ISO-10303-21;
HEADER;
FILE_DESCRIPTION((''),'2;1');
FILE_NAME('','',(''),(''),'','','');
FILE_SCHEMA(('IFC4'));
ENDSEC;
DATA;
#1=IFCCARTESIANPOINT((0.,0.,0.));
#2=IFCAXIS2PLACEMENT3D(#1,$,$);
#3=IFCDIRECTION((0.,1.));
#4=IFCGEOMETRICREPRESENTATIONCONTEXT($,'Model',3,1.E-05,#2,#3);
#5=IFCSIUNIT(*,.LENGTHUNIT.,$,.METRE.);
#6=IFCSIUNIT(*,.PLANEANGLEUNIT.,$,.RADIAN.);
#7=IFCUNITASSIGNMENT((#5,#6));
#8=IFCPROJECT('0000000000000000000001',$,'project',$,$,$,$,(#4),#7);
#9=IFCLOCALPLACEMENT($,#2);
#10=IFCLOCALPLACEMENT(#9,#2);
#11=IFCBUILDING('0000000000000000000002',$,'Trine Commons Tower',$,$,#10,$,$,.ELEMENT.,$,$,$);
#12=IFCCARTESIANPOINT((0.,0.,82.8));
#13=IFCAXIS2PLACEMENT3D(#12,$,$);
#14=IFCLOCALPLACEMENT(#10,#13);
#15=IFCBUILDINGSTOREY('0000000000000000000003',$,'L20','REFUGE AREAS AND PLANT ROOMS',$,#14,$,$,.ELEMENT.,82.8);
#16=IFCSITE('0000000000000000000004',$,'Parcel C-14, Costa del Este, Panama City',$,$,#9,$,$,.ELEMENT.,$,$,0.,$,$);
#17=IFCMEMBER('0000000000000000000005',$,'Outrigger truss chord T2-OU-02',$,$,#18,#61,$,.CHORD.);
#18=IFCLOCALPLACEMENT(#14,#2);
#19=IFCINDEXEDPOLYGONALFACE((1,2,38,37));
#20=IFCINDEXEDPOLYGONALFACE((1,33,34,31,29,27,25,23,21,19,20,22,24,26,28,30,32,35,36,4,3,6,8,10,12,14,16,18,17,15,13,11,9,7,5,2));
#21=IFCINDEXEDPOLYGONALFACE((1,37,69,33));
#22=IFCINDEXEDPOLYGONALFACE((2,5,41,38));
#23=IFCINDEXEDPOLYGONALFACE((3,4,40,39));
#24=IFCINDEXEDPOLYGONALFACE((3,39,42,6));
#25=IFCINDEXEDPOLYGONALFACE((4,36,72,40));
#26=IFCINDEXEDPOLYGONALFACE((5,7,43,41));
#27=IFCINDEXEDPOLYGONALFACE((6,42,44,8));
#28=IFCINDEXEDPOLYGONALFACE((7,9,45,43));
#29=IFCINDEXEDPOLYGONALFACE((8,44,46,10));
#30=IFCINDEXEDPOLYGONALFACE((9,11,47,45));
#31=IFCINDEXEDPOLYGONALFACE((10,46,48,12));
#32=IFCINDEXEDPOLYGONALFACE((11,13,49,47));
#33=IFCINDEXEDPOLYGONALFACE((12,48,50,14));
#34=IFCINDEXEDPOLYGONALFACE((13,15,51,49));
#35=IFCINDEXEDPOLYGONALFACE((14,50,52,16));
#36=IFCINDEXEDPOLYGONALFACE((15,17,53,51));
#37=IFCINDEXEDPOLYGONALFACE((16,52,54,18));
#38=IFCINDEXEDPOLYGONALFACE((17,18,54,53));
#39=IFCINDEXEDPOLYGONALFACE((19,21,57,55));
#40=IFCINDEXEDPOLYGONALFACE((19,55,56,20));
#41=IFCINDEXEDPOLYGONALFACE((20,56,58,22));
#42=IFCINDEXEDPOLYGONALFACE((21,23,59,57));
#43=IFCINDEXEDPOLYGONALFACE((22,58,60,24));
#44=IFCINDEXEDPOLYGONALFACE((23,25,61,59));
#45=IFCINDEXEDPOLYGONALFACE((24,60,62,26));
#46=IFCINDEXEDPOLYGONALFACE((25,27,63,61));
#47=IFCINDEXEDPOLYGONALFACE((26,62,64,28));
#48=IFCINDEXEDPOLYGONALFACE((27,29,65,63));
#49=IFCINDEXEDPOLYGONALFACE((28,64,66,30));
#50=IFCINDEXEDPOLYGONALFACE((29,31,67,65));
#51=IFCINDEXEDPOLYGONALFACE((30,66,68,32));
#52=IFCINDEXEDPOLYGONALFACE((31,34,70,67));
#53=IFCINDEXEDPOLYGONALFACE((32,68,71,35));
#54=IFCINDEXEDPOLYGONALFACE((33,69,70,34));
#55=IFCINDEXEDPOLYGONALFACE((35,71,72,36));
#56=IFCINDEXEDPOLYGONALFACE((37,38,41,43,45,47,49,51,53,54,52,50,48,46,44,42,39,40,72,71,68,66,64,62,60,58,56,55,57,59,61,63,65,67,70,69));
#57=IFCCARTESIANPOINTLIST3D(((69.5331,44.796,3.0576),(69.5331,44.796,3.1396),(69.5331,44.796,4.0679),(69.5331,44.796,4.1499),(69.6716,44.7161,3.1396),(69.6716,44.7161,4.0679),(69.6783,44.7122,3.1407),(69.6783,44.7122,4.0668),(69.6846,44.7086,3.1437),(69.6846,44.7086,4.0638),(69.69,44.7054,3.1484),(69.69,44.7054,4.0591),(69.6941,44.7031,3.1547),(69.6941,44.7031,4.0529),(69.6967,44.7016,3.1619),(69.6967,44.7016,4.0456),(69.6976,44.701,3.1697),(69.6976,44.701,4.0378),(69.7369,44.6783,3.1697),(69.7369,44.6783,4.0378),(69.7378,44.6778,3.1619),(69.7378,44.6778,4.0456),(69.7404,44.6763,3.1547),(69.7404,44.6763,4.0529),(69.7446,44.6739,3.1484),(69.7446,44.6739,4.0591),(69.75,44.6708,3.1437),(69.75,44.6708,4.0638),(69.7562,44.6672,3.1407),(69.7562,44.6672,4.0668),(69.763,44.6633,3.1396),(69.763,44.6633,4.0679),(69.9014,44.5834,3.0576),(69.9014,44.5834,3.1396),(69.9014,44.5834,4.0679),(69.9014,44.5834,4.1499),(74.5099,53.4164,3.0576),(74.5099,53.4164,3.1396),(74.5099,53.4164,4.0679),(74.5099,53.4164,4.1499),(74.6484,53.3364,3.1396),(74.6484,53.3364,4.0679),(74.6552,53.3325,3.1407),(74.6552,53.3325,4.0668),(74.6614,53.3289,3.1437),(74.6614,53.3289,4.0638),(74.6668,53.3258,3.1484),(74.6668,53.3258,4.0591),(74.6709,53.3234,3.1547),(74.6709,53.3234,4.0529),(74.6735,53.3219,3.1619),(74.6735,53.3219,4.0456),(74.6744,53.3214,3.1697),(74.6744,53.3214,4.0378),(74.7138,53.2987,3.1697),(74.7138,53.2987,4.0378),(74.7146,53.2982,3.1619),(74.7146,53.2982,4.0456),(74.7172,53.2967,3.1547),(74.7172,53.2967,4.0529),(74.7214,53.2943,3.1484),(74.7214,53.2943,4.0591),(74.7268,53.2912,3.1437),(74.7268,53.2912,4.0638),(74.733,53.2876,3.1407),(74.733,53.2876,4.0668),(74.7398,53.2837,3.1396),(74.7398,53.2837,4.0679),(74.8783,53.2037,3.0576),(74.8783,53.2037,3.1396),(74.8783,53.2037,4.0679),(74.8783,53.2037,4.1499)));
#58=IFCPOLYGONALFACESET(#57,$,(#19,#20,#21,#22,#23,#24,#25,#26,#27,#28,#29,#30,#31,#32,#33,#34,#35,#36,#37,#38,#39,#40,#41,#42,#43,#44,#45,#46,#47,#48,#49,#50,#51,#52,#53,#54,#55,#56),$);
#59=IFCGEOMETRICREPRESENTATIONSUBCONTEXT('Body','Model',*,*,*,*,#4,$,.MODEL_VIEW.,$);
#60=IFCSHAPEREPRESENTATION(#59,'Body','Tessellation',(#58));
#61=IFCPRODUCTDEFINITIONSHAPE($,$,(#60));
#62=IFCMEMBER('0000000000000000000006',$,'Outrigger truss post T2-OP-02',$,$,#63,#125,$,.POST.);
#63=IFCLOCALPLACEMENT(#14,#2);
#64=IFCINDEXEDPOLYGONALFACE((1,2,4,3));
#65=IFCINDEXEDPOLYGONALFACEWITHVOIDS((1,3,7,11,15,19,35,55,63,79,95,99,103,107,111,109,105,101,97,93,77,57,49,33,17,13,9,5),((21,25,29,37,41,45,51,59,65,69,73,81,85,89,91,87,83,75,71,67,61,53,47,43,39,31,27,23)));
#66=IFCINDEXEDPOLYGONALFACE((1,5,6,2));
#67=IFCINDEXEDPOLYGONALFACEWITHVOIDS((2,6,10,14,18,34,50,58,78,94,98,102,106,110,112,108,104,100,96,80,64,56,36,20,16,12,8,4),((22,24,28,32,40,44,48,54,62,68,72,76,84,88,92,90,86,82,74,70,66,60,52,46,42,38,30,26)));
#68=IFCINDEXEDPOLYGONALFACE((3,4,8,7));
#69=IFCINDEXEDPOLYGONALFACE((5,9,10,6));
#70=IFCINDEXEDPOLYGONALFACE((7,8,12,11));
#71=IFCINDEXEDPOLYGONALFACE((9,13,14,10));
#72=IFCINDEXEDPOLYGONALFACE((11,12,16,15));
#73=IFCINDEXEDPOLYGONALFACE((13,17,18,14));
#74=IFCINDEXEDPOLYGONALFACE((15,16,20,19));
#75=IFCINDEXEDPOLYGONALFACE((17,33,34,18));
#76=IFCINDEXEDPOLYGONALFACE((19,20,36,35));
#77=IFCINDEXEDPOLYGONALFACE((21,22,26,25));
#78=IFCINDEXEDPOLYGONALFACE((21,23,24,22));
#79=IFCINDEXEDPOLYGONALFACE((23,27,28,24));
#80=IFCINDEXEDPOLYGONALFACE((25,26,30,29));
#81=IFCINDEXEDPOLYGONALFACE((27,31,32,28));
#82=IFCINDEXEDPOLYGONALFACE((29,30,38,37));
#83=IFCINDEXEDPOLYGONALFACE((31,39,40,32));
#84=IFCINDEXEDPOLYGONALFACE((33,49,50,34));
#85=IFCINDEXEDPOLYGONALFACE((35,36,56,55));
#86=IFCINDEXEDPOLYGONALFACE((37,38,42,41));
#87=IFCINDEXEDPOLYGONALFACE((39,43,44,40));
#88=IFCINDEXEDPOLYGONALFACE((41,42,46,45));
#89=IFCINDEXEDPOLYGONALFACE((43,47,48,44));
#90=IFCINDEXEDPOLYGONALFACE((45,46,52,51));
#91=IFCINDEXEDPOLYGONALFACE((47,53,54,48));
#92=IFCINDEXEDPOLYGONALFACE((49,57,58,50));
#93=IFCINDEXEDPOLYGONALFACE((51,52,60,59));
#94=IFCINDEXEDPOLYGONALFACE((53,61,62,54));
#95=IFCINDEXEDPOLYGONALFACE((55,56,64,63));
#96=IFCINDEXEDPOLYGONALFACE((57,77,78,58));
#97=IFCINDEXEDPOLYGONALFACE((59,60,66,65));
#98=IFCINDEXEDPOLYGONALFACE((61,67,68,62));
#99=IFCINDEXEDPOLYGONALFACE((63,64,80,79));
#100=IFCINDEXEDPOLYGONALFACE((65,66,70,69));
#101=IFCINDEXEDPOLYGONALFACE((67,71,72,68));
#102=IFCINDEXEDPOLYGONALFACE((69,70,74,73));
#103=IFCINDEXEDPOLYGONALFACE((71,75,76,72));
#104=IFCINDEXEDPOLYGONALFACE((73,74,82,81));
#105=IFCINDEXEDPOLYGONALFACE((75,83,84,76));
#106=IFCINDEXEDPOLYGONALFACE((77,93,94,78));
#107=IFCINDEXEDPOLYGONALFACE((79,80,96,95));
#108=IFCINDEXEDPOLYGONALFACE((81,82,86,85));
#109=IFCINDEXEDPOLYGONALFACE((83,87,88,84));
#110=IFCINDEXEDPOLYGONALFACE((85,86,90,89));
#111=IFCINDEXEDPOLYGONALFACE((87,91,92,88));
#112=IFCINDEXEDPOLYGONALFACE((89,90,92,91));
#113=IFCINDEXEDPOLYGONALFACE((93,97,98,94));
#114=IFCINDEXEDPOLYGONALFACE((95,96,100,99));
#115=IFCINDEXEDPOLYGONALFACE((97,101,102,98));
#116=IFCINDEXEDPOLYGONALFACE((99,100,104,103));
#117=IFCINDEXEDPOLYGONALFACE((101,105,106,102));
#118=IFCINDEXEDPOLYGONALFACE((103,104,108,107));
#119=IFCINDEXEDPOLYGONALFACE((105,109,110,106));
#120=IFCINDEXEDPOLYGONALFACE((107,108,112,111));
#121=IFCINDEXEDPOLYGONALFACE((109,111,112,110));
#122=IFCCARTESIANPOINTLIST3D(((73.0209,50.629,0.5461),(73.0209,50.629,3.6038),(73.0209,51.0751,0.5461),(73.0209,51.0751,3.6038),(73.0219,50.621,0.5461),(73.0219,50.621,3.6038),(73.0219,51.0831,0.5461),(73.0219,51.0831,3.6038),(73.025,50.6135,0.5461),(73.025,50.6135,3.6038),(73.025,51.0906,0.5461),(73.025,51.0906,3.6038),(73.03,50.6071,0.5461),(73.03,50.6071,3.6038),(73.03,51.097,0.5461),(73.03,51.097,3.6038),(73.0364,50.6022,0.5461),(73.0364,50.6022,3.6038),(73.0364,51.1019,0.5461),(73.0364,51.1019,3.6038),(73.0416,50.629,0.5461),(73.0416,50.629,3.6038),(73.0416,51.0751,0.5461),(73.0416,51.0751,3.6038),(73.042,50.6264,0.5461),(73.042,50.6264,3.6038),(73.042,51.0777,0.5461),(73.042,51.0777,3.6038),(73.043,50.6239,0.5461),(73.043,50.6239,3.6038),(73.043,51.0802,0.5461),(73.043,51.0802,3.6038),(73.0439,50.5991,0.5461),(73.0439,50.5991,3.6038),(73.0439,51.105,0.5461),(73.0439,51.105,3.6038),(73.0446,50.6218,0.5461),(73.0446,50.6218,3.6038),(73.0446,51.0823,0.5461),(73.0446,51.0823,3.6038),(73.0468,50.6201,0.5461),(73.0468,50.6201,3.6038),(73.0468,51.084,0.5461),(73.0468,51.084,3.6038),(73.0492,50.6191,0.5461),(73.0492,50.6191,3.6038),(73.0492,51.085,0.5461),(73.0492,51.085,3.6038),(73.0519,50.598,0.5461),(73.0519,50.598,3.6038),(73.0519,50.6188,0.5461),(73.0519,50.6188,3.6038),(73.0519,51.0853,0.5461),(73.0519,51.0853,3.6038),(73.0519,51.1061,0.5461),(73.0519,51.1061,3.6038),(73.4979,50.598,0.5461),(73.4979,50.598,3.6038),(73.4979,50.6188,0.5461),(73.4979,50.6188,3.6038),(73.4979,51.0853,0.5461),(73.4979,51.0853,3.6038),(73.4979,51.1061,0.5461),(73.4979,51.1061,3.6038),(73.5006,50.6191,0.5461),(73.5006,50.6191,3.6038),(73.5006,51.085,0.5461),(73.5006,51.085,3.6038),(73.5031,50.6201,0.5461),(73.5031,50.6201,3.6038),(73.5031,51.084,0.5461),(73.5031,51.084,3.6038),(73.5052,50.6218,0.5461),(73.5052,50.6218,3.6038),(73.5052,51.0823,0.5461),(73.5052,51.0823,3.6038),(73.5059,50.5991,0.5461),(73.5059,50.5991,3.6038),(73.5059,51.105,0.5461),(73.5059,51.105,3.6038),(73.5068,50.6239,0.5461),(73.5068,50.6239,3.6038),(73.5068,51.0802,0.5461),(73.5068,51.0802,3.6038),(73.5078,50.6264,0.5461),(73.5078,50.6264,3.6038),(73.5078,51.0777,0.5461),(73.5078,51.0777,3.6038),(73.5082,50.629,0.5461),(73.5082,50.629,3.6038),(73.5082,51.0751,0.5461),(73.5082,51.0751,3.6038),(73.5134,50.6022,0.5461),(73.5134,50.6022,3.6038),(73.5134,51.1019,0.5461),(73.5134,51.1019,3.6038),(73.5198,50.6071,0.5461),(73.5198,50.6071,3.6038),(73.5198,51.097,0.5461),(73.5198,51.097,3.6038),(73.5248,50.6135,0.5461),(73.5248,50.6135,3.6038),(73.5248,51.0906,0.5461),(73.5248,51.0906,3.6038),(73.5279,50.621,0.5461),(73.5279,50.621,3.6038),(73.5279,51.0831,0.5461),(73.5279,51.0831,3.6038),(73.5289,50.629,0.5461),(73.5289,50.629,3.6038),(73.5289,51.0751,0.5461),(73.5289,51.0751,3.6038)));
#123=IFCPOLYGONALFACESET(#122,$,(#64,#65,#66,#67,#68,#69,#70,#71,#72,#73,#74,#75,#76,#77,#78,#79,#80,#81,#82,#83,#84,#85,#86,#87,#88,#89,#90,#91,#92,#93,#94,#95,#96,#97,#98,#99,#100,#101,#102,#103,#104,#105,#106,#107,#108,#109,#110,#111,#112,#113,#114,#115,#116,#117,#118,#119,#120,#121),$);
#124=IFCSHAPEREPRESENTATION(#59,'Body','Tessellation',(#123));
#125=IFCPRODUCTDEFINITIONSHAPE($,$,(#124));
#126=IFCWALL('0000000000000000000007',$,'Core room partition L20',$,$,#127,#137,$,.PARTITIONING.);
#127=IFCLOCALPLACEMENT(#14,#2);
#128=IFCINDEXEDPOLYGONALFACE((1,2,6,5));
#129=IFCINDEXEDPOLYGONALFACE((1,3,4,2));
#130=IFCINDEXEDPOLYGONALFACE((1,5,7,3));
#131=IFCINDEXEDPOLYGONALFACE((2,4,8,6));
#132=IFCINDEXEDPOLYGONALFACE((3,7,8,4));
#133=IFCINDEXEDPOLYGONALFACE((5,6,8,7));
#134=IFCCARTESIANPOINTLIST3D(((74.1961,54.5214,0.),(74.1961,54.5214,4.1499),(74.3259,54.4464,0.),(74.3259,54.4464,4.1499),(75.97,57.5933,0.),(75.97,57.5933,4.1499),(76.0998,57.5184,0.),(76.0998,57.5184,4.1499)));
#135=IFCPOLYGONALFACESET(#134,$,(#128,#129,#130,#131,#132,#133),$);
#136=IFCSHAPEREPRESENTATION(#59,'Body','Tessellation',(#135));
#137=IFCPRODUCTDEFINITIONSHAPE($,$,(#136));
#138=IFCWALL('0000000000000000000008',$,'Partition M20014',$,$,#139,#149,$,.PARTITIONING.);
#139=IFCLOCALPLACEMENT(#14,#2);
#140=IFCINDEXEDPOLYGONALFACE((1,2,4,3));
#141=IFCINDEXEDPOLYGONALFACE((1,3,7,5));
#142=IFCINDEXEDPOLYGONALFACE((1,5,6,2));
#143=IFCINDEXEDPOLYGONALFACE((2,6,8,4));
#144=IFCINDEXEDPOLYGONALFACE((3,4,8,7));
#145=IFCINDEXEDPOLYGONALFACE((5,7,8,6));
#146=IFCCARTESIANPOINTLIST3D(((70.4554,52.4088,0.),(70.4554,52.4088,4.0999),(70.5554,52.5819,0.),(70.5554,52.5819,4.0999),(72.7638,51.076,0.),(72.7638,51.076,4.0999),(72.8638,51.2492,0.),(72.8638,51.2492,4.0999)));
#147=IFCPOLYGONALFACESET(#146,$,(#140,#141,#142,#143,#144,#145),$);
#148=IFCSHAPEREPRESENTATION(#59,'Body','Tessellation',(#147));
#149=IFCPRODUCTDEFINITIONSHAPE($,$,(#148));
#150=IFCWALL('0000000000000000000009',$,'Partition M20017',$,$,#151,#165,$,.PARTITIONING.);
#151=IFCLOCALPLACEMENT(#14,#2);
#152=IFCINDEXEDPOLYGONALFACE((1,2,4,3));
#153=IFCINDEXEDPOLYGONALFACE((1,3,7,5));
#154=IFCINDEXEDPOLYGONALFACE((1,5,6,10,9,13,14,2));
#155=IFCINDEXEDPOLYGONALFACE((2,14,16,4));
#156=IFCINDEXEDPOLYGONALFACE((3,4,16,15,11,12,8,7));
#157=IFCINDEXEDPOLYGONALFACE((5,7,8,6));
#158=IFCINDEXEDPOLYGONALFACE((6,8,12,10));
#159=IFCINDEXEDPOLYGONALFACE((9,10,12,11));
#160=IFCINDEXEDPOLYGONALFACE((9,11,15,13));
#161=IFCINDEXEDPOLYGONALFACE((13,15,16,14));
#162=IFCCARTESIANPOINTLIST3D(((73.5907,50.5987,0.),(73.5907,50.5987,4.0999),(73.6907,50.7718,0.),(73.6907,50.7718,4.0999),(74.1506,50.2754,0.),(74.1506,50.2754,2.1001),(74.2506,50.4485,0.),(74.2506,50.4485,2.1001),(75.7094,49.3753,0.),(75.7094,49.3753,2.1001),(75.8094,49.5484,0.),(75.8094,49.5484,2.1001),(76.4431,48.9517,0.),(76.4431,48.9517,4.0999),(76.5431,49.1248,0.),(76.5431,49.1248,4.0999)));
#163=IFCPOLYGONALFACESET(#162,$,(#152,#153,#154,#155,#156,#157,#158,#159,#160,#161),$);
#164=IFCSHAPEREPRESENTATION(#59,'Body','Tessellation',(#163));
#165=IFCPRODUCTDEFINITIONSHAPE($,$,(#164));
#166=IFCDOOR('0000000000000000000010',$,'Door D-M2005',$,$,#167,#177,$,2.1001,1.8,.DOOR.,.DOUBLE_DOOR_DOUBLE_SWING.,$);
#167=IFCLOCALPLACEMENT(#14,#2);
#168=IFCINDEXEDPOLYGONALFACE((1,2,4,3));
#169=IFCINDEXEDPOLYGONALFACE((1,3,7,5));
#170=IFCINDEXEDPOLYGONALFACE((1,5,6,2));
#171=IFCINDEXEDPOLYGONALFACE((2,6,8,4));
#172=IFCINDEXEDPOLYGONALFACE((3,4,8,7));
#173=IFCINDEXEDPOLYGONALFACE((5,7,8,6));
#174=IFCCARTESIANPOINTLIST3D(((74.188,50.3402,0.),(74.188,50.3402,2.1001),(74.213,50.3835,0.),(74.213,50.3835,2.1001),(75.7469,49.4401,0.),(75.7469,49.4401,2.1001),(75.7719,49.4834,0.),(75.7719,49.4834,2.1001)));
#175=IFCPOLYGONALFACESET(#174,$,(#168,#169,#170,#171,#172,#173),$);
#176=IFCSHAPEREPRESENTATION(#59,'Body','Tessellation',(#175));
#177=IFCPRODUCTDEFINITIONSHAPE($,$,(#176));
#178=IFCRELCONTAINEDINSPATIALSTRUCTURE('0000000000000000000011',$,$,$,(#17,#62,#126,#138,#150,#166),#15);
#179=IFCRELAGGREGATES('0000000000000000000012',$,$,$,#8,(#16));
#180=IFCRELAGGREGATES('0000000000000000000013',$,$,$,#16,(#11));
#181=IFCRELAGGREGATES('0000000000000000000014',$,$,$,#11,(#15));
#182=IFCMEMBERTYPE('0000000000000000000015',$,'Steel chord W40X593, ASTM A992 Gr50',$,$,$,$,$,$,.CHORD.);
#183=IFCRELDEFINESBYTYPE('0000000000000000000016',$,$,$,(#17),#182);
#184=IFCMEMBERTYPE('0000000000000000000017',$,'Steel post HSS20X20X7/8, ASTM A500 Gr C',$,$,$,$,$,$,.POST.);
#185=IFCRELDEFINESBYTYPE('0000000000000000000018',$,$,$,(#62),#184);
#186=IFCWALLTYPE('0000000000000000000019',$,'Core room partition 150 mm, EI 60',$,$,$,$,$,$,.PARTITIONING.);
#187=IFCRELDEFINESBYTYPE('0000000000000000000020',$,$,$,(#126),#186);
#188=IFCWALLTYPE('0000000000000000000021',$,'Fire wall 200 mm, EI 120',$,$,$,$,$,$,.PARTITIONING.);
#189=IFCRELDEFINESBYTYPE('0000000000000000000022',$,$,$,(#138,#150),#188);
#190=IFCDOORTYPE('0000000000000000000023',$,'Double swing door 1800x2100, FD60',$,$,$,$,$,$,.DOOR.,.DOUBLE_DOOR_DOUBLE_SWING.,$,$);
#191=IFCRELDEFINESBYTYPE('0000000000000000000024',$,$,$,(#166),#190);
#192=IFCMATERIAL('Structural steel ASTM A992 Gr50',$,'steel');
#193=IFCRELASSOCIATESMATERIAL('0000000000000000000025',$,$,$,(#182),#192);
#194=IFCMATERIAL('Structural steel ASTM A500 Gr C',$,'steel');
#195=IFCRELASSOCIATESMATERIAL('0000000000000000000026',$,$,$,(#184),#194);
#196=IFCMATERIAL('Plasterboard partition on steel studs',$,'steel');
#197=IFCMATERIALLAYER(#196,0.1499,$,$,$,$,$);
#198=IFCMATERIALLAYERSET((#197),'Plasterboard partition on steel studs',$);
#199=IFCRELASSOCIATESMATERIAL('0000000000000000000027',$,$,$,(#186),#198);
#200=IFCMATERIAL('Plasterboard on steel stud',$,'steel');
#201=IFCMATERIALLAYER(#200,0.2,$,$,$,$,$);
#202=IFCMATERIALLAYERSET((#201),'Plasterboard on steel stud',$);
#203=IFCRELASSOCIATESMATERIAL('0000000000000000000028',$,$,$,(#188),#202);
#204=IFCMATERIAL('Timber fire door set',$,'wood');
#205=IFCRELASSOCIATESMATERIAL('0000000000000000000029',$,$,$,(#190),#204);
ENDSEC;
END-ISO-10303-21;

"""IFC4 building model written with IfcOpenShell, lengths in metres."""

from ifc_helpers import new_model, si_unit, direction, frame, frame_2d, origin, origin_2d, place, context, subcontext, project, spatial, rectangle, hollow_rectangle, i_section, extrude, material, layer, layer_set, material_profile, profile_set, type_object, element, fill, save


model = new_model("IFC4")

# Units and contexts
model_context = context("Model", 3, precision=1e-05, world=origin(), true_north=direction((0.0, 1.0)))
body_context = subcontext(model_context, "Body", "Model", "MODEL_VIEW")
ifc_project = project(units=[si_unit("LENGTHUNIT", "METRE"), si_unit("PLANEANGLEUNIT", "RADIAN")], contexts=[model_context])

# Site, building, storey
site_placement = place(None, origin())
site = spatial("IfcSite", under=ifc_project, at=site_placement, Name="Parcel C-14, Costa del Este, Panama City", CompositionType="ELEMENT", RefElevation=0.0)
building_placement = place(site_placement, origin())
building = spatial("IfcBuilding", under=site, at=building_placement, Name="Trine Commons Tower", CompositionType="ELEMENT")
storey_placement = place(building_placement, frame((0.0, 0.0, 82.8)))
storey = spatial("IfcBuildingStorey", under=building, at=storey_placement, Name="L20", Description="REFUGE AREAS AND PLANT ROOMS", CompositionType="ELEMENT", Elevation=82.8)

# Members
ifc_material_1 = material(Name="Structural steel ASTM A500 Gr C", Category="steel")
ifc_material_2 = material(Name="Structural steel ASTM A992 Gr50", Category="steel")
ifc_material_profile_1 = material_profile(ifc_material_2, i_section(OverallWidth=0.4253, OverallDepth=1.0923, WebThickness=0.0454, FlangeThickness=0.082, FilletRadius=0.03, at=origin_2d()), Name="W40X593")
ifc_profile_set_1 = profile_set([ifc_material_profile_1], Name="Structural steel ASTM A992 Gr50")
member_type_1 = type_object("IfcMemberType", Name="Steel chord W40X593, ASTM A992 Gr50", PredefinedType="CHORD", material=ifc_profile_set_1)
member_1_placement = place(storey_placement, frame((74.6941, 53.3101, 3.6038), z_axis=(-0.499988, -0.866032, 0.0), x_axis=(0.866032, -0.499988, 0.0)))
element("IfcMember", 1, at=member_1_placement, inside=storey, type_object=member_type_1, Name="Outrigger truss chord T2-OU-02", PredefinedType="CHORD", context=body_context, shape_type="SweptSolid", body=[
    extrude(i_section(OverallWidth=0.4253, OverallDepth=1.0923, WebThickness=0.0454, FlangeThickness=0.082, FilletRadius=0.03, at=origin_2d()), origin(), (0.0, 0.0, 1.0), 9.9539),
])
ifc_material_profile_2 = material_profile(ifc_material_1, hollow_rectangle(XDim=0.5081, YDim=0.5081, WallThickness=0.0208, InnerFilletRadius=0.0103, OuterFilletRadius=0.031, at=origin_2d()), Name="HSS20X20X7/8")
ifc_profile_set_2 = profile_set([ifc_material_profile_2], Name="Structural steel ASTM A500 Gr C")
member_type_2 = type_object("IfcMemberType", Name="Steel post HSS20X20X7/8, ASTM A500 Gr C", PredefinedType="POST", material=ifc_profile_set_2)
member_2_placement = place(storey_placement, frame((73.2749, 50.8521, 0.5461), z_axis=(0.0, 0.0, 1.0), x_axis=(1.0, 0.0, 0.0)))
element("IfcMember", 2, at=member_2_placement, inside=storey, type_object=member_type_2, Name="Outrigger truss post T2-OP-02", PredefinedType="POST", context=body_context, shape_type="SweptSolid", body=[
    extrude(hollow_rectangle(XDim=0.5081, YDim=0.5081, WallThickness=0.0208, InnerFilletRadius=0.0103, OuterFilletRadius=0.031, at=origin_2d()), origin(), (0.0, 0.0, 1.0), 3.0576),
])

# Walls
ifc_material_3 = material(Name="Plasterboard partition on steel studs", Category="steel")
ifc_layer_1 = layer(ifc_material_3, 0.1499)
ifc_layer_set_1 = layer_set([ifc_layer_1], Name="Plasterboard partition on steel studs")
wall_type_1 = type_object("IfcWallType", Name="Core room partition 150 mm, EI 60", PredefinedType="PARTITIONING", material=ifc_layer_set_1)
wall_1_placement = place(storey_placement, frame((74.261, 54.4839, 0.0), z_axis=(0.0, 0.0, 1.0), x_axis=(0.500062, 0.86599, 0.0)))
element("IfcWall", 3, at=wall_1_placement, inside=storey, type_object=wall_type_1, Name="Core room partition L20", PredefinedType="PARTITIONING", context=body_context, shape_type="SweptSolid", body=[
    extrude(rectangle(XDim=3.5474, YDim=0.1499, at=frame_2d((1.7737, 0.0))), origin(), (0.0, 0.0, 1.0), 4.1499),
])
ifc_material_4 = material(Name="Plasterboard on steel stud", Category="steel")
ifc_layer_2 = layer(ifc_material_4, 0.2)
ifc_layer_set_2 = layer_set([ifc_layer_2], Name="Plasterboard on steel stud")
wall_type_2 = type_object("IfcWallType", Name="Fire wall 200 mm, EI 120", PredefinedType="PARTITIONING", material=ifc_layer_set_2)
wall_2_placement = place(storey_placement, frame((70.5054, 52.4954, 0.0), z_axis=(0.0, 0.0, 1.0), x_axis=(0.866019, -0.500011, 0.0)))
element("IfcWall", 4, at=wall_2_placement, inside=storey, type_object=wall_type_2, Name="Partition M20014", PredefinedType="PARTITIONING", context=body_context, shape_type="SweptSolid", body=[
    extrude(rectangle(XDim=2.6655, YDim=0.2, at=frame_2d((1.3328, 0.0))), origin(), (0.0, 0.0, 1.0), 4.0999),
])

# Wall, opening, door
wall_3_placement = place(storey_placement, frame((73.6406, 50.6853, 0.0), z_axis=(0.0, 0.0, 1.0), x_axis=(0.865999, -0.500045, 0.0)))
wall_3 = element("IfcWall", 5, at=wall_3_placement, inside=storey, type_object=wall_type_2, Name="Partition M20017", PredefinedType="PARTITIONING", context=body_context, shape_type="SweptSolid", body=[
    extrude(rectangle(XDim=3.2937, YDim=0.2, at=frame_2d((1.647, 0.0))), origin(), (0.0, 0.0, 1.0), 4.0999),
])
opening_1_placement = place(wall_3_placement, frame((0.6467, 0.0, 0.0)))
opening_1 = element("IfcOpeningElement", 6, at=opening_1_placement, cuts=wall_3, PredefinedType="OPENING", context=body_context, shape_type="SweptSolid", body=[
    extrude(rectangle(XDim=1.8, YDim=2.1001, at=frame_2d((0.8999, 1.05))), frame((0.0, 0.1099, 0.0), z_axis=(0.0, -1.0, 0.0), x_axis=(1.0, 0.0, 0.0)), (0.0, 0.0, 1.0), 0.22),
])
ifc_material_5 = material(Name="Timber fire door set", Category="wood")
door_type_1 = type_object("IfcDoorType", Name="Double swing door 1800x2100, FD60", OperationType="DOUBLE_DOOR_DOUBLE_SWING", PredefinedType="DOOR", material=ifc_material_5)
door_1_placement = place(opening_1_placement, origin())
door_1 = element("IfcDoor", 7, at=door_1_placement, inside=storey, type_object=door_type_1, Name="Door D-M2005", OperationType="DOUBLE_DOOR_DOUBLE_SWING", OverallHeight=2.1001, OverallWidth=1.8, PredefinedType="DOOR", context=body_context, shape_type="SweptSolid", body=[
    extrude(rectangle(XDim=1.8, YDim=2.1001, at=frame_2d((0.8999, 1.05))), frame((0.0, 0.0249, 0.0), z_axis=(0.0, -1.0, 0.0), x_axis=(1.0, 0.0, 0.0)), (0.0, 0.0, 1.0), 0.05),
])
fill(opening_1, door_1)

save(model, "model.ifc")
